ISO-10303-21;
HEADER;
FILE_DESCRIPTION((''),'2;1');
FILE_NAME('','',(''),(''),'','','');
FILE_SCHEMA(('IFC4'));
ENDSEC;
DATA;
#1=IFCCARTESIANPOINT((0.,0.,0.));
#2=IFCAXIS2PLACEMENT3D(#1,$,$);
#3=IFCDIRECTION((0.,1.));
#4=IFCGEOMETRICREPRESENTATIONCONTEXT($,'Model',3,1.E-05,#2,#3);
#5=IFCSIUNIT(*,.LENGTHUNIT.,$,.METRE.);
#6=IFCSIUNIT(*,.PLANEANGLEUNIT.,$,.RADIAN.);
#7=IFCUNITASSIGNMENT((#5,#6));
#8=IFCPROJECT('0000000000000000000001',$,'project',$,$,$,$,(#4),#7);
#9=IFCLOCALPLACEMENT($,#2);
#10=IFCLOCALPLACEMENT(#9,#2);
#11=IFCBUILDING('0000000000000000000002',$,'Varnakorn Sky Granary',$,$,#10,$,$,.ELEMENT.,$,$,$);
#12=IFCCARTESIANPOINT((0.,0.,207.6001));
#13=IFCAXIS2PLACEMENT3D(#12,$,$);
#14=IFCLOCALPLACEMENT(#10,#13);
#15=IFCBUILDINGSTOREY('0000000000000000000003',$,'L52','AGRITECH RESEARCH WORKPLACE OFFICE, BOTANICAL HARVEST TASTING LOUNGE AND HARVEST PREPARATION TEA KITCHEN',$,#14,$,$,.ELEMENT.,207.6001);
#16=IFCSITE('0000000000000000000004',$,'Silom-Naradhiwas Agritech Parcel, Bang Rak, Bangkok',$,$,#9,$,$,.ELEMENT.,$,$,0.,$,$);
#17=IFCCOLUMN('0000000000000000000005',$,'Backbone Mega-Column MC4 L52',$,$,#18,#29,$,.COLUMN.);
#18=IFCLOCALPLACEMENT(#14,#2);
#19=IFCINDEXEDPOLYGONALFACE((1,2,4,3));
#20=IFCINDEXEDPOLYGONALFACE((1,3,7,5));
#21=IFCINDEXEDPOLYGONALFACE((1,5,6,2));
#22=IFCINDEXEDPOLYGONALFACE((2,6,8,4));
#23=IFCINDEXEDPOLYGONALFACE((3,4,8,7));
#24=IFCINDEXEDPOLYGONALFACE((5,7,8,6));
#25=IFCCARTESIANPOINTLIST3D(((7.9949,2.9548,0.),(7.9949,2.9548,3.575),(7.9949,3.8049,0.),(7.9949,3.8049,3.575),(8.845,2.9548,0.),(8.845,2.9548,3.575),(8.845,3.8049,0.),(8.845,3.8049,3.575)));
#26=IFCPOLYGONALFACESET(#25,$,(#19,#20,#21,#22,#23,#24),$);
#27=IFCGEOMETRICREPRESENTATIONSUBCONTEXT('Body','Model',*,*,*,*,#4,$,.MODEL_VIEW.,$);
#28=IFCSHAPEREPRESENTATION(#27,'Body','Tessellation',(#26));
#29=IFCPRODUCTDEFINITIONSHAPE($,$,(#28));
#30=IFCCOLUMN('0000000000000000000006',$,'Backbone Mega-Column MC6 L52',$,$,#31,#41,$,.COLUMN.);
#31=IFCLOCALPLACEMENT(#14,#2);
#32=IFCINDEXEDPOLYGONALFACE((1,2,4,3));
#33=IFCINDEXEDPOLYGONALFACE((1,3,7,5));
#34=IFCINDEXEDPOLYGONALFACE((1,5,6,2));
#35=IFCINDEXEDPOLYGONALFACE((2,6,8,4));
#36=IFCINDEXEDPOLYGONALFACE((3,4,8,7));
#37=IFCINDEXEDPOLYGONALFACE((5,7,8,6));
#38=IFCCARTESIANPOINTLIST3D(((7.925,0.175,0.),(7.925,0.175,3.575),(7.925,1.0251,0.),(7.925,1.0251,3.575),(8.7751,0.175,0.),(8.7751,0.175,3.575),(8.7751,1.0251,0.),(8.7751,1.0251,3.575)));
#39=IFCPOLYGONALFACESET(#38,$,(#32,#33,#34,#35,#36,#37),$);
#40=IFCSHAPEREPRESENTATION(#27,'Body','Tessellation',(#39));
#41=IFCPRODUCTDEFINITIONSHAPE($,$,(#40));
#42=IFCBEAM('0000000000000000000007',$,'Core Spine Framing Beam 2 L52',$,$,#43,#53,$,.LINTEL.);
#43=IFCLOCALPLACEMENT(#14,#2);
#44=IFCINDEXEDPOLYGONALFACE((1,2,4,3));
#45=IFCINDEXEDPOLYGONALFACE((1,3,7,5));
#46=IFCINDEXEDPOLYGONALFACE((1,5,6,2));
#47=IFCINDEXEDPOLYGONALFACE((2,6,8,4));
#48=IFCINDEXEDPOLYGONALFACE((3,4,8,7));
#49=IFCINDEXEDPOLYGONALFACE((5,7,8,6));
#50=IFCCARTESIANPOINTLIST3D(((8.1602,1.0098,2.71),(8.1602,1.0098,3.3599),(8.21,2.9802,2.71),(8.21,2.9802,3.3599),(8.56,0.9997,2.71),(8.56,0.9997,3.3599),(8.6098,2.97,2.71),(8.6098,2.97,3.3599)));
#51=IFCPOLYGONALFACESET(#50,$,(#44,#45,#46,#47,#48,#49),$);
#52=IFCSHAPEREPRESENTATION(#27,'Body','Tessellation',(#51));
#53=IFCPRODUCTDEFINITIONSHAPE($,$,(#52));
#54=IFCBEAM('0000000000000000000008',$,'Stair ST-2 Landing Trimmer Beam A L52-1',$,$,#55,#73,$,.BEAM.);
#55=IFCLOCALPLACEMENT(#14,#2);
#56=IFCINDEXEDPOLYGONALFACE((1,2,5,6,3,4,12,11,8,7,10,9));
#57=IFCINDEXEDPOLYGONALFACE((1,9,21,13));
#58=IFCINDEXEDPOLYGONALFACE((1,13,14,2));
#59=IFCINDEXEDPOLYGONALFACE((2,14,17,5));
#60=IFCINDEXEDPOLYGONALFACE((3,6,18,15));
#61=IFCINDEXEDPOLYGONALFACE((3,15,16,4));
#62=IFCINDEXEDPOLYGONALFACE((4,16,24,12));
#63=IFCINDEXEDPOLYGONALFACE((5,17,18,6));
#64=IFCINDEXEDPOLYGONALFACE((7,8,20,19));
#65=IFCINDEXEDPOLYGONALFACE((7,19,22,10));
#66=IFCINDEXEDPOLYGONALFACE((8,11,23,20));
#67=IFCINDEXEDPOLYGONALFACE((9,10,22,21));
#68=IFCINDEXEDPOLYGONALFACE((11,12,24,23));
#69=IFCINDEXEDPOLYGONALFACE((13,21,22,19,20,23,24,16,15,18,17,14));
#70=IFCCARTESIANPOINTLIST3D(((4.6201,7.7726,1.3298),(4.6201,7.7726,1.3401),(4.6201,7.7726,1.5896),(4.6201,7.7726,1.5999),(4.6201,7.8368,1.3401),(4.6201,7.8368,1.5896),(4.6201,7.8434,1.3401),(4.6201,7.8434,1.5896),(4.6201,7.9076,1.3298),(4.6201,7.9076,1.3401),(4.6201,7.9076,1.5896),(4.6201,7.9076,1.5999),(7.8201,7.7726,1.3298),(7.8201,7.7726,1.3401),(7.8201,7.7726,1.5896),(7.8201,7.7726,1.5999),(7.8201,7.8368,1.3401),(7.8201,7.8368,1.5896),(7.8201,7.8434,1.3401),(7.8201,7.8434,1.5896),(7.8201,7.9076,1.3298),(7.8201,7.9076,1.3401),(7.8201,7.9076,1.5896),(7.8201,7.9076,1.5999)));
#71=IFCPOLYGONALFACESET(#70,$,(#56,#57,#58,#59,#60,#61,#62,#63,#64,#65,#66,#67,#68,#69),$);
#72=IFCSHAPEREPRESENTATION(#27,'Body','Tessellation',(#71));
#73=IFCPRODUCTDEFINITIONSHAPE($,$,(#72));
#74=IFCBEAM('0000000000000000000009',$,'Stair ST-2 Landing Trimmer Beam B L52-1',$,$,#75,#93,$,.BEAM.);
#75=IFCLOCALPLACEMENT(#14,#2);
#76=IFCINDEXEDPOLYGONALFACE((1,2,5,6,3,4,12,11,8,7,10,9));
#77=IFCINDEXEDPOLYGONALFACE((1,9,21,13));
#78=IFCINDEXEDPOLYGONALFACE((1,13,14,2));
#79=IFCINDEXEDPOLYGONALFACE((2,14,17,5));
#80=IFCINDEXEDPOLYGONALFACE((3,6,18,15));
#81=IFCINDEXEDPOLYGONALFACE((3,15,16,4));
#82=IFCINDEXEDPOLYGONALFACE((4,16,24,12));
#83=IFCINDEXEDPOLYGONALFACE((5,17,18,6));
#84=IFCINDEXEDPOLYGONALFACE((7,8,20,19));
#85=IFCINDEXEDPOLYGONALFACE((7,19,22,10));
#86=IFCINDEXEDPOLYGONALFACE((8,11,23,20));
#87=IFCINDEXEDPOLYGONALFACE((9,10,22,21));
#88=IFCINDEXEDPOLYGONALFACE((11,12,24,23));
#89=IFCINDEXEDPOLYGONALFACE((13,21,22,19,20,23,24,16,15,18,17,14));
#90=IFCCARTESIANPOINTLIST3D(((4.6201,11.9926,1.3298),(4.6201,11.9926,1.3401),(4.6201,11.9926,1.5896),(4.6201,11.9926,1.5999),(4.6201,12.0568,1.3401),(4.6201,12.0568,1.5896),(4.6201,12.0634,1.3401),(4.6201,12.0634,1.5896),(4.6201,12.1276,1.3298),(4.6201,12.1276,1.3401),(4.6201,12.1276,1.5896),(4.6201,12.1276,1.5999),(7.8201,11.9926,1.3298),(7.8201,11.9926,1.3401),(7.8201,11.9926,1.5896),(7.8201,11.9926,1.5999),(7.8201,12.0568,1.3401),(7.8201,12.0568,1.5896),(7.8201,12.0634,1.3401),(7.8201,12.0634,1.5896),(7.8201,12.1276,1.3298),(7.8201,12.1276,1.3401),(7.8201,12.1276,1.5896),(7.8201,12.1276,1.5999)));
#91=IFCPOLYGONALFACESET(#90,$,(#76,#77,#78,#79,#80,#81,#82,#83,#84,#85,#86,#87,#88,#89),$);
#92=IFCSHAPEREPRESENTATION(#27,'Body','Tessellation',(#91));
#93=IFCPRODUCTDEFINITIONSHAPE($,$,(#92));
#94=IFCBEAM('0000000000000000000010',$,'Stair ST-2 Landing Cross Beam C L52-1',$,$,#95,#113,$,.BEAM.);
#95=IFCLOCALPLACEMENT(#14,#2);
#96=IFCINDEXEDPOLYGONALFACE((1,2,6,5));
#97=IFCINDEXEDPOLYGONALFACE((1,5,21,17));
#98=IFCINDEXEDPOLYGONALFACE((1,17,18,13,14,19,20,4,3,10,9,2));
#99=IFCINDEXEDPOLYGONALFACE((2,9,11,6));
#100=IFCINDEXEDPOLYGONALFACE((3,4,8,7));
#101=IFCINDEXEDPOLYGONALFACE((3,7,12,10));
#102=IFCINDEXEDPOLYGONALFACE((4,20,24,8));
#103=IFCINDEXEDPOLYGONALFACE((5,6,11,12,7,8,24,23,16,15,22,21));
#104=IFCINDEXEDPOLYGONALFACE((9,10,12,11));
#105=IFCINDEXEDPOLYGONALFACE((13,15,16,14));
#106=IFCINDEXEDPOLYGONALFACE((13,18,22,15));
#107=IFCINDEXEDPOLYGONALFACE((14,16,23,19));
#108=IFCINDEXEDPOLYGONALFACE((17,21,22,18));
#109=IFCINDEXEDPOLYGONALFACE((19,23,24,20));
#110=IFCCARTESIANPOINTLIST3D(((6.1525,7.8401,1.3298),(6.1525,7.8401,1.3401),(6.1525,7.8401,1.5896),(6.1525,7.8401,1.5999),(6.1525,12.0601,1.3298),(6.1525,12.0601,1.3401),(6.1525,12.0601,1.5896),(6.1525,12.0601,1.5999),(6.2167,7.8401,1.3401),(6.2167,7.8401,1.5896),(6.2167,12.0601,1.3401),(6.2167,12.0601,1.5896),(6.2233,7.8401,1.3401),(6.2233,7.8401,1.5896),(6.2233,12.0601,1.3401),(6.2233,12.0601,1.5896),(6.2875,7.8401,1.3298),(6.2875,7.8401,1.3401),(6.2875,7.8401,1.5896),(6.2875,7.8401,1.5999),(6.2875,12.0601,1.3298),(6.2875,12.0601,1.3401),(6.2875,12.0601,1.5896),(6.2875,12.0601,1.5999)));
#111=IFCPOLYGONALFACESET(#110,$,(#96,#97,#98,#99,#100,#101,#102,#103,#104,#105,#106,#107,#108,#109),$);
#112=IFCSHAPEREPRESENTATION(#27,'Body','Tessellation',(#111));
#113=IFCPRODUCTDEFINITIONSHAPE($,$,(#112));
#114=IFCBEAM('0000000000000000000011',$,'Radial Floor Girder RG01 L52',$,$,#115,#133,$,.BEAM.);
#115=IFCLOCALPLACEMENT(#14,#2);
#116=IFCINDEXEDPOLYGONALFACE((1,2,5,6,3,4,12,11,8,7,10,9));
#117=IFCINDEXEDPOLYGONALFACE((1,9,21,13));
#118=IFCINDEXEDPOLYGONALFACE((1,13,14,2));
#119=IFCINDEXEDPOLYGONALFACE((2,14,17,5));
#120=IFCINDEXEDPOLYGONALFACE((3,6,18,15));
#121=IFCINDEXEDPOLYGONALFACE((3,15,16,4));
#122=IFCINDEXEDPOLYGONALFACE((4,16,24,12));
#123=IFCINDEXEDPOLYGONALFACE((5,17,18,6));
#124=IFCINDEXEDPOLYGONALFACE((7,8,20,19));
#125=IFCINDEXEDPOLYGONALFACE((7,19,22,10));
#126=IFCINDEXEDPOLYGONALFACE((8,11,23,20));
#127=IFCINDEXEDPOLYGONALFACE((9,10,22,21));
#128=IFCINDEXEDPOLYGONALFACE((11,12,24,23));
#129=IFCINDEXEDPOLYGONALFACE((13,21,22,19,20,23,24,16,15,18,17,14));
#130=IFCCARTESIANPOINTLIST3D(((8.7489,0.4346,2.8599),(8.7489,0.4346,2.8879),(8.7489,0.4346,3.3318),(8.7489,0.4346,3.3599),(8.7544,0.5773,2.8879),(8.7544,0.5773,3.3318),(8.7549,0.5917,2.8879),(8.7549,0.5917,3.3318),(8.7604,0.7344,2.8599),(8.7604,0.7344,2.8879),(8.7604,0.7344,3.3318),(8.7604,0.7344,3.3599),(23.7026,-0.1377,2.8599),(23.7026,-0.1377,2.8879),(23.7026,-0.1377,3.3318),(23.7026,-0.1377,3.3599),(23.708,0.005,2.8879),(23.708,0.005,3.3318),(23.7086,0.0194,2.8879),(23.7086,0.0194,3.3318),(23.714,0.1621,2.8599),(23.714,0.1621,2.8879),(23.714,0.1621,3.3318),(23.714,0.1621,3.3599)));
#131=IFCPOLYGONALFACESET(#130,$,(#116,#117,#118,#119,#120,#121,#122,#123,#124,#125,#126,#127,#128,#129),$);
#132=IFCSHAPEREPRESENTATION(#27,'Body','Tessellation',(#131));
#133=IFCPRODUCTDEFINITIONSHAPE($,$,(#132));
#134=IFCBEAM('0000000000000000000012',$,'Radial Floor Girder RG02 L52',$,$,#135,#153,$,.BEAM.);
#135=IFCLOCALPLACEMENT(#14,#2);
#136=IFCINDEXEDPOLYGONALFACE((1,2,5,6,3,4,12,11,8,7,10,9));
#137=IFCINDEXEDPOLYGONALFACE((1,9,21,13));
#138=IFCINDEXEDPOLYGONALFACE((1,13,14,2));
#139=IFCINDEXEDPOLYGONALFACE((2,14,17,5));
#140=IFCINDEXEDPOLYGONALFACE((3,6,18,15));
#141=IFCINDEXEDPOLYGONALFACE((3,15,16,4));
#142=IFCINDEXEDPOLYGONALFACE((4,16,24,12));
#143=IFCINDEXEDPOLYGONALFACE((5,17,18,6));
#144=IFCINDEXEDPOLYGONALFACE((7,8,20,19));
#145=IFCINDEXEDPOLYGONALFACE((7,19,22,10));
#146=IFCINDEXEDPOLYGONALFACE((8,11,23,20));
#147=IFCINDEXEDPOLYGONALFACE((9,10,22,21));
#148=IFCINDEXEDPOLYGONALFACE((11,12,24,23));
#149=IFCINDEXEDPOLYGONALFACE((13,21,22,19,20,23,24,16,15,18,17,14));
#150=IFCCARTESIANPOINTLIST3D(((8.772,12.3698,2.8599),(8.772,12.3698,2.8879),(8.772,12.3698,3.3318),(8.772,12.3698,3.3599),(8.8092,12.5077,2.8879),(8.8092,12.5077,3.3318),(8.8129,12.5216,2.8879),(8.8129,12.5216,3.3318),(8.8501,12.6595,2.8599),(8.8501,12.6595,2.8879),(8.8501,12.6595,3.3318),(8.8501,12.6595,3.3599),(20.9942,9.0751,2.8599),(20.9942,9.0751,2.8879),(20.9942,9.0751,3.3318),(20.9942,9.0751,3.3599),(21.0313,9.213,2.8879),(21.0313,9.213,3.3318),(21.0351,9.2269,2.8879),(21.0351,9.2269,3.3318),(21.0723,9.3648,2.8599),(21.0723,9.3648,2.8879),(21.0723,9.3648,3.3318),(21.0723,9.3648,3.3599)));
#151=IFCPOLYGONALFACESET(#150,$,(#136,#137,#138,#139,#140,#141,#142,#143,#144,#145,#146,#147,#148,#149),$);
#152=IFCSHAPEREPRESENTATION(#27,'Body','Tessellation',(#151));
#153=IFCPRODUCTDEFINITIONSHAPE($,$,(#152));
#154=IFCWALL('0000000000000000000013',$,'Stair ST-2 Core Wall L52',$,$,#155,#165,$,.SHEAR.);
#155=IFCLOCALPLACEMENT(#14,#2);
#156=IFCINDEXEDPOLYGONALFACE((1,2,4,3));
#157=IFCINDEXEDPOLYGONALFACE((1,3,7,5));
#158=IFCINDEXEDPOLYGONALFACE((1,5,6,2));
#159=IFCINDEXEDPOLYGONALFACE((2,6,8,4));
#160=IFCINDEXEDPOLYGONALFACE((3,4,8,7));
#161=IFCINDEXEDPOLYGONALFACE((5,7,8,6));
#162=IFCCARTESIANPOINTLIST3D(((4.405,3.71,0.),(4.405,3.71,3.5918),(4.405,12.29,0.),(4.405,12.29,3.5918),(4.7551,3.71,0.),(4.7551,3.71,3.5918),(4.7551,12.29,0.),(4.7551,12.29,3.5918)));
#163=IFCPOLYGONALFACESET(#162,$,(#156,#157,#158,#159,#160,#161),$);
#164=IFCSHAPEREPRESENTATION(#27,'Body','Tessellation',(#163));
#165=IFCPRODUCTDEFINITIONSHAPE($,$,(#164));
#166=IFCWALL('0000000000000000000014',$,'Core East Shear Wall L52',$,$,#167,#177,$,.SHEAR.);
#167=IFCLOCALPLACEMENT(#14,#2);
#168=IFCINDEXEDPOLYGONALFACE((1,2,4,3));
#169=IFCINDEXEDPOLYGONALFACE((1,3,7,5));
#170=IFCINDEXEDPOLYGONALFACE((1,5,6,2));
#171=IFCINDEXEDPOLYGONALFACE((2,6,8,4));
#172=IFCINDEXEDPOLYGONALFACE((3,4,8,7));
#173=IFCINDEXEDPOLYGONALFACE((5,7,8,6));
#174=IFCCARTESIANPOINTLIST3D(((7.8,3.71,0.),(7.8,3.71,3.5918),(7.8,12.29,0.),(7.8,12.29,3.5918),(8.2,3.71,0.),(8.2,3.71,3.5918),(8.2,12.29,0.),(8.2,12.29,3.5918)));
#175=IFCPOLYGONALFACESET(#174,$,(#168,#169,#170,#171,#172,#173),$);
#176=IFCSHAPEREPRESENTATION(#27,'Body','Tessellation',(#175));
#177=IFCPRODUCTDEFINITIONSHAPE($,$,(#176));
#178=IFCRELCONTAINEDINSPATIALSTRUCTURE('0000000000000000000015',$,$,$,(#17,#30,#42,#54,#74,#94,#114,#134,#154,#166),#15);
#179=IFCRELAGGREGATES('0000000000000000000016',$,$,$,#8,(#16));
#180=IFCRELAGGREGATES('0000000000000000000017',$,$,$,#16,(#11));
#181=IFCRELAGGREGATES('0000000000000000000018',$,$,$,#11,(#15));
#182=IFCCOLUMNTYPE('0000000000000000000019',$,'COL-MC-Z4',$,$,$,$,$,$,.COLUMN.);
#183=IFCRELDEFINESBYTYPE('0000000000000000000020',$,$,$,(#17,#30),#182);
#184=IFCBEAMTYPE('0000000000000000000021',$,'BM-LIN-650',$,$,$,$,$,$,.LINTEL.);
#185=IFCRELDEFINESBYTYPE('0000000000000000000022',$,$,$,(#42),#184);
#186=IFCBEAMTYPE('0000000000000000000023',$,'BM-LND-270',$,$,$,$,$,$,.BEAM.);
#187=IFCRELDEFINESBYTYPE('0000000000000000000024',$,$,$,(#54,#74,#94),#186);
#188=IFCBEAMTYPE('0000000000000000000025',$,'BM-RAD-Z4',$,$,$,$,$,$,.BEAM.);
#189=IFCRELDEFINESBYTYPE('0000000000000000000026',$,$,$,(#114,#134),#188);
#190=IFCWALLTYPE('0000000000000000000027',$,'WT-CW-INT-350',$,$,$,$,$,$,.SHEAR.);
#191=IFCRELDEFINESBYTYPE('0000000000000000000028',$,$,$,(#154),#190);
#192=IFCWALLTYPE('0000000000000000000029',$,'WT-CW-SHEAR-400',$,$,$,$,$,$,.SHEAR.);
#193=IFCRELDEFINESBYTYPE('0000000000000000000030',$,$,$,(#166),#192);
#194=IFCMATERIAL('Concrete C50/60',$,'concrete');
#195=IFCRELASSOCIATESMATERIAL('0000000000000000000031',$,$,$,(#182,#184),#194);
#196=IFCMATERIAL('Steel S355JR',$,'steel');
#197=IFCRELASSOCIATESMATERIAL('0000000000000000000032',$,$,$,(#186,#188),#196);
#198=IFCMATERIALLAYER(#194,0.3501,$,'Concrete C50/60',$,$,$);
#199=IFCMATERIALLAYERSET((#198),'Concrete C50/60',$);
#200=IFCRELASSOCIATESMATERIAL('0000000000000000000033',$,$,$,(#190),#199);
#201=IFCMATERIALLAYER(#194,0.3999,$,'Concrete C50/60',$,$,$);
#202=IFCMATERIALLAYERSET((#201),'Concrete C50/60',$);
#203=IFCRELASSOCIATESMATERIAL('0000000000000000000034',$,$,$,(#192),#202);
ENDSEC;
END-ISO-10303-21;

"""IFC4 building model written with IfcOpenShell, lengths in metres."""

from ifc_helpers import new_model, si_unit, direction, frame, frame_2d, origin, origin_2d, place, context, subcontext, project, spatial, rectangle, i_section, extrude, material, layer, layer_set, material_profile, profile_set, type_object, element, save


model = new_model("IFC4")

# Units and contexts
model_context = context("Model", 3, precision=1e-05, world=origin(), true_north=direction((0.0, 1.0)))
body_context = subcontext(model_context, "Body", "Model", "MODEL_VIEW")
ifc_project = project(units=[si_unit("LENGTHUNIT", "METRE"), si_unit("PLANEANGLEUNIT", "RADIAN")], contexts=[model_context])

# Site, building, storey
site_placement = place(None, origin())
site = spatial("IfcSite", under=ifc_project, at=site_placement, Name="Silom-Naradhiwas Agritech Parcel, Bang Rak, Bangkok", CompositionType="ELEMENT", RefElevation=0.0)
building_placement = place(site_placement, origin())
building = spatial("IfcBuilding", under=site, at=building_placement, Name="Varnakorn Sky Granary", CompositionType="ELEMENT")
storey_placement = place(building_placement, frame((0.0, 0.0, 207.6001)))
storey = spatial("IfcBuildingStorey", under=building, at=storey_placement, Name="L52", Description="AGRITECH RESEARCH WORKPLACE OFFICE, BOTANICAL HARVEST TASTING LOUNGE AND HARVEST PREPARATION TEA KITCHEN", CompositionType="ELEMENT", Elevation=207.6001)

# Columns
ifc_material_1 = material(Name="Concrete C50/60", Category="concrete")
ifc_material_profile_1 = material_profile(ifc_material_1, rectangle(XDim=0.8501, YDim=0.8501, at=origin_2d()), Name="RC 850x850")
ifc_profile_set_1 = profile_set([ifc_material_profile_1], Name="Concrete C50/60")
column_type = type_object("IfcColumnType", Name="COL-MC-Z4", PredefinedType="COLUMN", material=ifc_profile_set_1)
for number, where, z_axis, x_axis, name in (
    (1, (8.4199, 3.3799, 0.0), (0.0, 0.0, 1.0), (1.0, 0.0, 0.0), "Backbone Mega-Column MC4 L52"),
    (2, (8.3501, 0.6001, 0.0), (0.0, 0.0, 1.0), (1.0, 0.0, 0.0), "Backbone Mega-Column MC6 L52"),
):
    element("IfcColumn", number, at=place(storey_placement, frame(where, z_axis=z_axis, x_axis=x_axis)), inside=storey, type_object=column_type, Name=name, PredefinedType="COLUMN", context=body_context, shape_type="SweptSolid", body=[
        extrude(rectangle(XDim=0.8501, YDim=0.8501, at=origin_2d()), origin(), (0.0, 0.0, 1.0), 3.575),
    ])

# Beams
ifc_material_profile_2 = material_profile(ifc_material_1, rectangle(XDim=0.3999, YDim=0.6499, at=origin_2d()), Name="RC 400x650")
ifc_profile_set_2 = profile_set([ifc_material_profile_2], Name="Concrete C50/60")
beam_type_1 = type_object("IfcBeamType", Name="BM-LIN-650", PredefinedType="LINTEL", material=ifc_profile_set_2)
beam_1_placement = place(storey_placement, frame((8.4099, 2.9751, 3.0349), z_axis=(-0.025271, -0.999681, 0.0), x_axis=(0.999681, -0.025271, 0.0)))
element("IfcBeam", 3, at=beam_1_placement, inside=storey, type_object=beam_type_1, Name="Core Spine Framing Beam 2 L52", PredefinedType="LINTEL", context=body_context, shape_type="SweptSolid", body=[
    extrude(rectangle(XDim=0.3999, YDim=0.6499, at=origin_2d()), origin(), (0.0, 0.0, 1.0), 1.9709),
])
ifc_material_2 = material(Name="Steel S355JR", Category="steel")
ifc_material_profile_3 = material_profile(ifc_material_2, i_section(OverallWidth=0.135, OverallDepth=0.27, WebThickness=0.0066, FlangeThickness=0.0103, at=origin_2d()), Name="IPE 270")
ifc_profile_set_3 = profile_set([ifc_material_profile_3], Name="Steel S355JR")
beam_type_2 = type_object("IfcBeamType", Name="BM-LND-270", PredefinedType="BEAM", material=ifc_profile_set_3)
for number, where, z_axis, x_axis, name in (
    (4, (4.6201, 7.8401, 1.4648), (1.0, 0.0, 0.0), (0.0, 1.0, 0.0), "Stair ST-2 Landing Trimmer Beam A L52-1"),
    (5, (4.6201, 12.0601, 1.4648), (1.0, 0.0, 0.0), (0.0, 1.0, 0.0), "Stair ST-2 Landing Trimmer Beam B L52-1"),
):
    element("IfcBeam", number, at=place(storey_placement, frame(where, z_axis=z_axis, x_axis=x_axis)), inside=storey, type_object=beam_type_2, Name=name, PredefinedType="BEAM", context=body_context, shape_type="SweptSolid", body=[
        extrude(i_section(OverallWidth=0.135, OverallDepth=0.27, WebThickness=0.0066, FlangeThickness=0.0103, at=origin_2d()), origin(), (0.0, 0.0, 1.0), 3.2),
    ])
beam_2_placement = place(storey_placement, frame((6.22, 7.8401, 1.4648), z_axis=(0.0, 1.0, 0.0), x_axis=(-1.0, 0.0, 0.0)))
element("IfcBeam", 6, at=beam_2_placement, inside=storey, type_object=beam_type_2, Name="Stair ST-2 Landing Cross Beam C L52-1", PredefinedType="BEAM", context=body_context, shape_type="SweptSolid", body=[
    extrude(i_section(OverallWidth=0.135, OverallDepth=0.27, WebThickness=0.0066, FlangeThickness=0.0103, at=origin_2d()), origin(), (0.0, 0.0, 1.0), 4.22),
])
ifc_material_profile_4 = material_profile(ifc_material_2, i_section(OverallWidth=0.3, OverallDepth=0.5, WebThickness=0.0144, FlangeThickness=0.0281, at=origin_2d()), Name="HE 500 B")
ifc_profile_set_4 = profile_set([ifc_material_profile_4], Name="Steel S355JR")
beam_type_3 = type_object("IfcBeamType", Name="BM-RAD-Z4", PredefinedType="BEAM", material=ifc_profile_set_4)
beam_3_placement = place(storey_placement, frame((8.7546, 0.5845, 3.1099), z_axis=(0.999269, -0.038241, 0.0), x_axis=(0.038241, 0.999269, 0.0)))
element("IfcBeam", 7, at=beam_3_placement, inside=storey, type_object=beam_type_3, Name="Radial Floor Girder RG01 L52", PredefinedType="BEAM", context=body_context, shape_type="SweptSolid", body=[
    extrude(i_section(OverallWidth=0.3, OverallDepth=0.5, WebThickness=0.0144, FlangeThickness=0.0281, at=origin_2d()), origin(), (0.0, 0.0, 1.0), 14.9646),
])
beam_4_placement = place(storey_placement, frame((8.811, 12.5146, 3.1099), z_axis=(0.965535, -0.260275, 0.0), x_axis=(0.260275, 0.965535, 0.0)))
element("IfcBeam", 8, at=beam_4_placement, inside=storey, type_object=beam_type_3, Name="Radial Floor Girder RG02 L52", PredefinedType="BEAM", context=body_context, shape_type="SweptSolid", body=[
    extrude(i_section(OverallWidth=0.3, OverallDepth=0.5, WebThickness=0.0144, FlangeThickness=0.0281, at=origin_2d()), origin(), (0.0, 0.0, 1.0), 12.6584),
])

# Walls
ifc_layer_1 = layer(ifc_material_1, 0.3501, Name="Concrete C50/60")
ifc_layer_set_1 = layer_set([ifc_layer_1], Name="Concrete C50/60")
wall_type_1 = type_object("IfcWallType", Name="WT-CW-INT-350", PredefinedType="SHEAR", material=ifc_layer_set_1)
wall_1_placement = place(storey_placement, frame((4.5801, 3.71, 0.0), z_axis=(0.0, 0.0, 1.0), x_axis=(0.0, 1.0, 0.0)))
element("IfcWall", 9, at=wall_1_placement, inside=storey, type_object=wall_type_1, Name="Stair ST-2 Core Wall L52", PredefinedType="SHEAR", context=body_context, shape_type="SweptSolid", body=[
    extrude(rectangle(XDim=8.5801, YDim=0.3501, at=frame_2d((4.29, 0.0))), origin(), (0.0, 0.0, 1.0), 3.5918),
])
ifc_layer_2 = layer(ifc_material_1, 0.3999, Name="Concrete C50/60")
ifc_layer_set_2 = layer_set([ifc_layer_2], Name="Concrete C50/60")
wall_type_2 = type_object("IfcWallType", Name="WT-CW-SHEAR-400", PredefinedType="SHEAR", material=ifc_layer_set_2)
wall_2_placement = place(storey_placement, frame((8.0, 3.71, 0.0), z_axis=(0.0, 0.0, 1.0), x_axis=(0.0, 1.0, 0.0)))
element("IfcWall", 10, at=wall_2_placement, inside=storey, type_object=wall_type_2, Name="Core East Shear Wall L52", PredefinedType="SHEAR", context=body_context, shape_type="SweptSolid", body=[
    extrude(rectangle(XDim=8.5801, YDim=0.3999, at=frame_2d((4.29, 0.0))), origin(), (0.0, 0.0, 1.0), 3.5918),
])

save(model, "model.ifc")
